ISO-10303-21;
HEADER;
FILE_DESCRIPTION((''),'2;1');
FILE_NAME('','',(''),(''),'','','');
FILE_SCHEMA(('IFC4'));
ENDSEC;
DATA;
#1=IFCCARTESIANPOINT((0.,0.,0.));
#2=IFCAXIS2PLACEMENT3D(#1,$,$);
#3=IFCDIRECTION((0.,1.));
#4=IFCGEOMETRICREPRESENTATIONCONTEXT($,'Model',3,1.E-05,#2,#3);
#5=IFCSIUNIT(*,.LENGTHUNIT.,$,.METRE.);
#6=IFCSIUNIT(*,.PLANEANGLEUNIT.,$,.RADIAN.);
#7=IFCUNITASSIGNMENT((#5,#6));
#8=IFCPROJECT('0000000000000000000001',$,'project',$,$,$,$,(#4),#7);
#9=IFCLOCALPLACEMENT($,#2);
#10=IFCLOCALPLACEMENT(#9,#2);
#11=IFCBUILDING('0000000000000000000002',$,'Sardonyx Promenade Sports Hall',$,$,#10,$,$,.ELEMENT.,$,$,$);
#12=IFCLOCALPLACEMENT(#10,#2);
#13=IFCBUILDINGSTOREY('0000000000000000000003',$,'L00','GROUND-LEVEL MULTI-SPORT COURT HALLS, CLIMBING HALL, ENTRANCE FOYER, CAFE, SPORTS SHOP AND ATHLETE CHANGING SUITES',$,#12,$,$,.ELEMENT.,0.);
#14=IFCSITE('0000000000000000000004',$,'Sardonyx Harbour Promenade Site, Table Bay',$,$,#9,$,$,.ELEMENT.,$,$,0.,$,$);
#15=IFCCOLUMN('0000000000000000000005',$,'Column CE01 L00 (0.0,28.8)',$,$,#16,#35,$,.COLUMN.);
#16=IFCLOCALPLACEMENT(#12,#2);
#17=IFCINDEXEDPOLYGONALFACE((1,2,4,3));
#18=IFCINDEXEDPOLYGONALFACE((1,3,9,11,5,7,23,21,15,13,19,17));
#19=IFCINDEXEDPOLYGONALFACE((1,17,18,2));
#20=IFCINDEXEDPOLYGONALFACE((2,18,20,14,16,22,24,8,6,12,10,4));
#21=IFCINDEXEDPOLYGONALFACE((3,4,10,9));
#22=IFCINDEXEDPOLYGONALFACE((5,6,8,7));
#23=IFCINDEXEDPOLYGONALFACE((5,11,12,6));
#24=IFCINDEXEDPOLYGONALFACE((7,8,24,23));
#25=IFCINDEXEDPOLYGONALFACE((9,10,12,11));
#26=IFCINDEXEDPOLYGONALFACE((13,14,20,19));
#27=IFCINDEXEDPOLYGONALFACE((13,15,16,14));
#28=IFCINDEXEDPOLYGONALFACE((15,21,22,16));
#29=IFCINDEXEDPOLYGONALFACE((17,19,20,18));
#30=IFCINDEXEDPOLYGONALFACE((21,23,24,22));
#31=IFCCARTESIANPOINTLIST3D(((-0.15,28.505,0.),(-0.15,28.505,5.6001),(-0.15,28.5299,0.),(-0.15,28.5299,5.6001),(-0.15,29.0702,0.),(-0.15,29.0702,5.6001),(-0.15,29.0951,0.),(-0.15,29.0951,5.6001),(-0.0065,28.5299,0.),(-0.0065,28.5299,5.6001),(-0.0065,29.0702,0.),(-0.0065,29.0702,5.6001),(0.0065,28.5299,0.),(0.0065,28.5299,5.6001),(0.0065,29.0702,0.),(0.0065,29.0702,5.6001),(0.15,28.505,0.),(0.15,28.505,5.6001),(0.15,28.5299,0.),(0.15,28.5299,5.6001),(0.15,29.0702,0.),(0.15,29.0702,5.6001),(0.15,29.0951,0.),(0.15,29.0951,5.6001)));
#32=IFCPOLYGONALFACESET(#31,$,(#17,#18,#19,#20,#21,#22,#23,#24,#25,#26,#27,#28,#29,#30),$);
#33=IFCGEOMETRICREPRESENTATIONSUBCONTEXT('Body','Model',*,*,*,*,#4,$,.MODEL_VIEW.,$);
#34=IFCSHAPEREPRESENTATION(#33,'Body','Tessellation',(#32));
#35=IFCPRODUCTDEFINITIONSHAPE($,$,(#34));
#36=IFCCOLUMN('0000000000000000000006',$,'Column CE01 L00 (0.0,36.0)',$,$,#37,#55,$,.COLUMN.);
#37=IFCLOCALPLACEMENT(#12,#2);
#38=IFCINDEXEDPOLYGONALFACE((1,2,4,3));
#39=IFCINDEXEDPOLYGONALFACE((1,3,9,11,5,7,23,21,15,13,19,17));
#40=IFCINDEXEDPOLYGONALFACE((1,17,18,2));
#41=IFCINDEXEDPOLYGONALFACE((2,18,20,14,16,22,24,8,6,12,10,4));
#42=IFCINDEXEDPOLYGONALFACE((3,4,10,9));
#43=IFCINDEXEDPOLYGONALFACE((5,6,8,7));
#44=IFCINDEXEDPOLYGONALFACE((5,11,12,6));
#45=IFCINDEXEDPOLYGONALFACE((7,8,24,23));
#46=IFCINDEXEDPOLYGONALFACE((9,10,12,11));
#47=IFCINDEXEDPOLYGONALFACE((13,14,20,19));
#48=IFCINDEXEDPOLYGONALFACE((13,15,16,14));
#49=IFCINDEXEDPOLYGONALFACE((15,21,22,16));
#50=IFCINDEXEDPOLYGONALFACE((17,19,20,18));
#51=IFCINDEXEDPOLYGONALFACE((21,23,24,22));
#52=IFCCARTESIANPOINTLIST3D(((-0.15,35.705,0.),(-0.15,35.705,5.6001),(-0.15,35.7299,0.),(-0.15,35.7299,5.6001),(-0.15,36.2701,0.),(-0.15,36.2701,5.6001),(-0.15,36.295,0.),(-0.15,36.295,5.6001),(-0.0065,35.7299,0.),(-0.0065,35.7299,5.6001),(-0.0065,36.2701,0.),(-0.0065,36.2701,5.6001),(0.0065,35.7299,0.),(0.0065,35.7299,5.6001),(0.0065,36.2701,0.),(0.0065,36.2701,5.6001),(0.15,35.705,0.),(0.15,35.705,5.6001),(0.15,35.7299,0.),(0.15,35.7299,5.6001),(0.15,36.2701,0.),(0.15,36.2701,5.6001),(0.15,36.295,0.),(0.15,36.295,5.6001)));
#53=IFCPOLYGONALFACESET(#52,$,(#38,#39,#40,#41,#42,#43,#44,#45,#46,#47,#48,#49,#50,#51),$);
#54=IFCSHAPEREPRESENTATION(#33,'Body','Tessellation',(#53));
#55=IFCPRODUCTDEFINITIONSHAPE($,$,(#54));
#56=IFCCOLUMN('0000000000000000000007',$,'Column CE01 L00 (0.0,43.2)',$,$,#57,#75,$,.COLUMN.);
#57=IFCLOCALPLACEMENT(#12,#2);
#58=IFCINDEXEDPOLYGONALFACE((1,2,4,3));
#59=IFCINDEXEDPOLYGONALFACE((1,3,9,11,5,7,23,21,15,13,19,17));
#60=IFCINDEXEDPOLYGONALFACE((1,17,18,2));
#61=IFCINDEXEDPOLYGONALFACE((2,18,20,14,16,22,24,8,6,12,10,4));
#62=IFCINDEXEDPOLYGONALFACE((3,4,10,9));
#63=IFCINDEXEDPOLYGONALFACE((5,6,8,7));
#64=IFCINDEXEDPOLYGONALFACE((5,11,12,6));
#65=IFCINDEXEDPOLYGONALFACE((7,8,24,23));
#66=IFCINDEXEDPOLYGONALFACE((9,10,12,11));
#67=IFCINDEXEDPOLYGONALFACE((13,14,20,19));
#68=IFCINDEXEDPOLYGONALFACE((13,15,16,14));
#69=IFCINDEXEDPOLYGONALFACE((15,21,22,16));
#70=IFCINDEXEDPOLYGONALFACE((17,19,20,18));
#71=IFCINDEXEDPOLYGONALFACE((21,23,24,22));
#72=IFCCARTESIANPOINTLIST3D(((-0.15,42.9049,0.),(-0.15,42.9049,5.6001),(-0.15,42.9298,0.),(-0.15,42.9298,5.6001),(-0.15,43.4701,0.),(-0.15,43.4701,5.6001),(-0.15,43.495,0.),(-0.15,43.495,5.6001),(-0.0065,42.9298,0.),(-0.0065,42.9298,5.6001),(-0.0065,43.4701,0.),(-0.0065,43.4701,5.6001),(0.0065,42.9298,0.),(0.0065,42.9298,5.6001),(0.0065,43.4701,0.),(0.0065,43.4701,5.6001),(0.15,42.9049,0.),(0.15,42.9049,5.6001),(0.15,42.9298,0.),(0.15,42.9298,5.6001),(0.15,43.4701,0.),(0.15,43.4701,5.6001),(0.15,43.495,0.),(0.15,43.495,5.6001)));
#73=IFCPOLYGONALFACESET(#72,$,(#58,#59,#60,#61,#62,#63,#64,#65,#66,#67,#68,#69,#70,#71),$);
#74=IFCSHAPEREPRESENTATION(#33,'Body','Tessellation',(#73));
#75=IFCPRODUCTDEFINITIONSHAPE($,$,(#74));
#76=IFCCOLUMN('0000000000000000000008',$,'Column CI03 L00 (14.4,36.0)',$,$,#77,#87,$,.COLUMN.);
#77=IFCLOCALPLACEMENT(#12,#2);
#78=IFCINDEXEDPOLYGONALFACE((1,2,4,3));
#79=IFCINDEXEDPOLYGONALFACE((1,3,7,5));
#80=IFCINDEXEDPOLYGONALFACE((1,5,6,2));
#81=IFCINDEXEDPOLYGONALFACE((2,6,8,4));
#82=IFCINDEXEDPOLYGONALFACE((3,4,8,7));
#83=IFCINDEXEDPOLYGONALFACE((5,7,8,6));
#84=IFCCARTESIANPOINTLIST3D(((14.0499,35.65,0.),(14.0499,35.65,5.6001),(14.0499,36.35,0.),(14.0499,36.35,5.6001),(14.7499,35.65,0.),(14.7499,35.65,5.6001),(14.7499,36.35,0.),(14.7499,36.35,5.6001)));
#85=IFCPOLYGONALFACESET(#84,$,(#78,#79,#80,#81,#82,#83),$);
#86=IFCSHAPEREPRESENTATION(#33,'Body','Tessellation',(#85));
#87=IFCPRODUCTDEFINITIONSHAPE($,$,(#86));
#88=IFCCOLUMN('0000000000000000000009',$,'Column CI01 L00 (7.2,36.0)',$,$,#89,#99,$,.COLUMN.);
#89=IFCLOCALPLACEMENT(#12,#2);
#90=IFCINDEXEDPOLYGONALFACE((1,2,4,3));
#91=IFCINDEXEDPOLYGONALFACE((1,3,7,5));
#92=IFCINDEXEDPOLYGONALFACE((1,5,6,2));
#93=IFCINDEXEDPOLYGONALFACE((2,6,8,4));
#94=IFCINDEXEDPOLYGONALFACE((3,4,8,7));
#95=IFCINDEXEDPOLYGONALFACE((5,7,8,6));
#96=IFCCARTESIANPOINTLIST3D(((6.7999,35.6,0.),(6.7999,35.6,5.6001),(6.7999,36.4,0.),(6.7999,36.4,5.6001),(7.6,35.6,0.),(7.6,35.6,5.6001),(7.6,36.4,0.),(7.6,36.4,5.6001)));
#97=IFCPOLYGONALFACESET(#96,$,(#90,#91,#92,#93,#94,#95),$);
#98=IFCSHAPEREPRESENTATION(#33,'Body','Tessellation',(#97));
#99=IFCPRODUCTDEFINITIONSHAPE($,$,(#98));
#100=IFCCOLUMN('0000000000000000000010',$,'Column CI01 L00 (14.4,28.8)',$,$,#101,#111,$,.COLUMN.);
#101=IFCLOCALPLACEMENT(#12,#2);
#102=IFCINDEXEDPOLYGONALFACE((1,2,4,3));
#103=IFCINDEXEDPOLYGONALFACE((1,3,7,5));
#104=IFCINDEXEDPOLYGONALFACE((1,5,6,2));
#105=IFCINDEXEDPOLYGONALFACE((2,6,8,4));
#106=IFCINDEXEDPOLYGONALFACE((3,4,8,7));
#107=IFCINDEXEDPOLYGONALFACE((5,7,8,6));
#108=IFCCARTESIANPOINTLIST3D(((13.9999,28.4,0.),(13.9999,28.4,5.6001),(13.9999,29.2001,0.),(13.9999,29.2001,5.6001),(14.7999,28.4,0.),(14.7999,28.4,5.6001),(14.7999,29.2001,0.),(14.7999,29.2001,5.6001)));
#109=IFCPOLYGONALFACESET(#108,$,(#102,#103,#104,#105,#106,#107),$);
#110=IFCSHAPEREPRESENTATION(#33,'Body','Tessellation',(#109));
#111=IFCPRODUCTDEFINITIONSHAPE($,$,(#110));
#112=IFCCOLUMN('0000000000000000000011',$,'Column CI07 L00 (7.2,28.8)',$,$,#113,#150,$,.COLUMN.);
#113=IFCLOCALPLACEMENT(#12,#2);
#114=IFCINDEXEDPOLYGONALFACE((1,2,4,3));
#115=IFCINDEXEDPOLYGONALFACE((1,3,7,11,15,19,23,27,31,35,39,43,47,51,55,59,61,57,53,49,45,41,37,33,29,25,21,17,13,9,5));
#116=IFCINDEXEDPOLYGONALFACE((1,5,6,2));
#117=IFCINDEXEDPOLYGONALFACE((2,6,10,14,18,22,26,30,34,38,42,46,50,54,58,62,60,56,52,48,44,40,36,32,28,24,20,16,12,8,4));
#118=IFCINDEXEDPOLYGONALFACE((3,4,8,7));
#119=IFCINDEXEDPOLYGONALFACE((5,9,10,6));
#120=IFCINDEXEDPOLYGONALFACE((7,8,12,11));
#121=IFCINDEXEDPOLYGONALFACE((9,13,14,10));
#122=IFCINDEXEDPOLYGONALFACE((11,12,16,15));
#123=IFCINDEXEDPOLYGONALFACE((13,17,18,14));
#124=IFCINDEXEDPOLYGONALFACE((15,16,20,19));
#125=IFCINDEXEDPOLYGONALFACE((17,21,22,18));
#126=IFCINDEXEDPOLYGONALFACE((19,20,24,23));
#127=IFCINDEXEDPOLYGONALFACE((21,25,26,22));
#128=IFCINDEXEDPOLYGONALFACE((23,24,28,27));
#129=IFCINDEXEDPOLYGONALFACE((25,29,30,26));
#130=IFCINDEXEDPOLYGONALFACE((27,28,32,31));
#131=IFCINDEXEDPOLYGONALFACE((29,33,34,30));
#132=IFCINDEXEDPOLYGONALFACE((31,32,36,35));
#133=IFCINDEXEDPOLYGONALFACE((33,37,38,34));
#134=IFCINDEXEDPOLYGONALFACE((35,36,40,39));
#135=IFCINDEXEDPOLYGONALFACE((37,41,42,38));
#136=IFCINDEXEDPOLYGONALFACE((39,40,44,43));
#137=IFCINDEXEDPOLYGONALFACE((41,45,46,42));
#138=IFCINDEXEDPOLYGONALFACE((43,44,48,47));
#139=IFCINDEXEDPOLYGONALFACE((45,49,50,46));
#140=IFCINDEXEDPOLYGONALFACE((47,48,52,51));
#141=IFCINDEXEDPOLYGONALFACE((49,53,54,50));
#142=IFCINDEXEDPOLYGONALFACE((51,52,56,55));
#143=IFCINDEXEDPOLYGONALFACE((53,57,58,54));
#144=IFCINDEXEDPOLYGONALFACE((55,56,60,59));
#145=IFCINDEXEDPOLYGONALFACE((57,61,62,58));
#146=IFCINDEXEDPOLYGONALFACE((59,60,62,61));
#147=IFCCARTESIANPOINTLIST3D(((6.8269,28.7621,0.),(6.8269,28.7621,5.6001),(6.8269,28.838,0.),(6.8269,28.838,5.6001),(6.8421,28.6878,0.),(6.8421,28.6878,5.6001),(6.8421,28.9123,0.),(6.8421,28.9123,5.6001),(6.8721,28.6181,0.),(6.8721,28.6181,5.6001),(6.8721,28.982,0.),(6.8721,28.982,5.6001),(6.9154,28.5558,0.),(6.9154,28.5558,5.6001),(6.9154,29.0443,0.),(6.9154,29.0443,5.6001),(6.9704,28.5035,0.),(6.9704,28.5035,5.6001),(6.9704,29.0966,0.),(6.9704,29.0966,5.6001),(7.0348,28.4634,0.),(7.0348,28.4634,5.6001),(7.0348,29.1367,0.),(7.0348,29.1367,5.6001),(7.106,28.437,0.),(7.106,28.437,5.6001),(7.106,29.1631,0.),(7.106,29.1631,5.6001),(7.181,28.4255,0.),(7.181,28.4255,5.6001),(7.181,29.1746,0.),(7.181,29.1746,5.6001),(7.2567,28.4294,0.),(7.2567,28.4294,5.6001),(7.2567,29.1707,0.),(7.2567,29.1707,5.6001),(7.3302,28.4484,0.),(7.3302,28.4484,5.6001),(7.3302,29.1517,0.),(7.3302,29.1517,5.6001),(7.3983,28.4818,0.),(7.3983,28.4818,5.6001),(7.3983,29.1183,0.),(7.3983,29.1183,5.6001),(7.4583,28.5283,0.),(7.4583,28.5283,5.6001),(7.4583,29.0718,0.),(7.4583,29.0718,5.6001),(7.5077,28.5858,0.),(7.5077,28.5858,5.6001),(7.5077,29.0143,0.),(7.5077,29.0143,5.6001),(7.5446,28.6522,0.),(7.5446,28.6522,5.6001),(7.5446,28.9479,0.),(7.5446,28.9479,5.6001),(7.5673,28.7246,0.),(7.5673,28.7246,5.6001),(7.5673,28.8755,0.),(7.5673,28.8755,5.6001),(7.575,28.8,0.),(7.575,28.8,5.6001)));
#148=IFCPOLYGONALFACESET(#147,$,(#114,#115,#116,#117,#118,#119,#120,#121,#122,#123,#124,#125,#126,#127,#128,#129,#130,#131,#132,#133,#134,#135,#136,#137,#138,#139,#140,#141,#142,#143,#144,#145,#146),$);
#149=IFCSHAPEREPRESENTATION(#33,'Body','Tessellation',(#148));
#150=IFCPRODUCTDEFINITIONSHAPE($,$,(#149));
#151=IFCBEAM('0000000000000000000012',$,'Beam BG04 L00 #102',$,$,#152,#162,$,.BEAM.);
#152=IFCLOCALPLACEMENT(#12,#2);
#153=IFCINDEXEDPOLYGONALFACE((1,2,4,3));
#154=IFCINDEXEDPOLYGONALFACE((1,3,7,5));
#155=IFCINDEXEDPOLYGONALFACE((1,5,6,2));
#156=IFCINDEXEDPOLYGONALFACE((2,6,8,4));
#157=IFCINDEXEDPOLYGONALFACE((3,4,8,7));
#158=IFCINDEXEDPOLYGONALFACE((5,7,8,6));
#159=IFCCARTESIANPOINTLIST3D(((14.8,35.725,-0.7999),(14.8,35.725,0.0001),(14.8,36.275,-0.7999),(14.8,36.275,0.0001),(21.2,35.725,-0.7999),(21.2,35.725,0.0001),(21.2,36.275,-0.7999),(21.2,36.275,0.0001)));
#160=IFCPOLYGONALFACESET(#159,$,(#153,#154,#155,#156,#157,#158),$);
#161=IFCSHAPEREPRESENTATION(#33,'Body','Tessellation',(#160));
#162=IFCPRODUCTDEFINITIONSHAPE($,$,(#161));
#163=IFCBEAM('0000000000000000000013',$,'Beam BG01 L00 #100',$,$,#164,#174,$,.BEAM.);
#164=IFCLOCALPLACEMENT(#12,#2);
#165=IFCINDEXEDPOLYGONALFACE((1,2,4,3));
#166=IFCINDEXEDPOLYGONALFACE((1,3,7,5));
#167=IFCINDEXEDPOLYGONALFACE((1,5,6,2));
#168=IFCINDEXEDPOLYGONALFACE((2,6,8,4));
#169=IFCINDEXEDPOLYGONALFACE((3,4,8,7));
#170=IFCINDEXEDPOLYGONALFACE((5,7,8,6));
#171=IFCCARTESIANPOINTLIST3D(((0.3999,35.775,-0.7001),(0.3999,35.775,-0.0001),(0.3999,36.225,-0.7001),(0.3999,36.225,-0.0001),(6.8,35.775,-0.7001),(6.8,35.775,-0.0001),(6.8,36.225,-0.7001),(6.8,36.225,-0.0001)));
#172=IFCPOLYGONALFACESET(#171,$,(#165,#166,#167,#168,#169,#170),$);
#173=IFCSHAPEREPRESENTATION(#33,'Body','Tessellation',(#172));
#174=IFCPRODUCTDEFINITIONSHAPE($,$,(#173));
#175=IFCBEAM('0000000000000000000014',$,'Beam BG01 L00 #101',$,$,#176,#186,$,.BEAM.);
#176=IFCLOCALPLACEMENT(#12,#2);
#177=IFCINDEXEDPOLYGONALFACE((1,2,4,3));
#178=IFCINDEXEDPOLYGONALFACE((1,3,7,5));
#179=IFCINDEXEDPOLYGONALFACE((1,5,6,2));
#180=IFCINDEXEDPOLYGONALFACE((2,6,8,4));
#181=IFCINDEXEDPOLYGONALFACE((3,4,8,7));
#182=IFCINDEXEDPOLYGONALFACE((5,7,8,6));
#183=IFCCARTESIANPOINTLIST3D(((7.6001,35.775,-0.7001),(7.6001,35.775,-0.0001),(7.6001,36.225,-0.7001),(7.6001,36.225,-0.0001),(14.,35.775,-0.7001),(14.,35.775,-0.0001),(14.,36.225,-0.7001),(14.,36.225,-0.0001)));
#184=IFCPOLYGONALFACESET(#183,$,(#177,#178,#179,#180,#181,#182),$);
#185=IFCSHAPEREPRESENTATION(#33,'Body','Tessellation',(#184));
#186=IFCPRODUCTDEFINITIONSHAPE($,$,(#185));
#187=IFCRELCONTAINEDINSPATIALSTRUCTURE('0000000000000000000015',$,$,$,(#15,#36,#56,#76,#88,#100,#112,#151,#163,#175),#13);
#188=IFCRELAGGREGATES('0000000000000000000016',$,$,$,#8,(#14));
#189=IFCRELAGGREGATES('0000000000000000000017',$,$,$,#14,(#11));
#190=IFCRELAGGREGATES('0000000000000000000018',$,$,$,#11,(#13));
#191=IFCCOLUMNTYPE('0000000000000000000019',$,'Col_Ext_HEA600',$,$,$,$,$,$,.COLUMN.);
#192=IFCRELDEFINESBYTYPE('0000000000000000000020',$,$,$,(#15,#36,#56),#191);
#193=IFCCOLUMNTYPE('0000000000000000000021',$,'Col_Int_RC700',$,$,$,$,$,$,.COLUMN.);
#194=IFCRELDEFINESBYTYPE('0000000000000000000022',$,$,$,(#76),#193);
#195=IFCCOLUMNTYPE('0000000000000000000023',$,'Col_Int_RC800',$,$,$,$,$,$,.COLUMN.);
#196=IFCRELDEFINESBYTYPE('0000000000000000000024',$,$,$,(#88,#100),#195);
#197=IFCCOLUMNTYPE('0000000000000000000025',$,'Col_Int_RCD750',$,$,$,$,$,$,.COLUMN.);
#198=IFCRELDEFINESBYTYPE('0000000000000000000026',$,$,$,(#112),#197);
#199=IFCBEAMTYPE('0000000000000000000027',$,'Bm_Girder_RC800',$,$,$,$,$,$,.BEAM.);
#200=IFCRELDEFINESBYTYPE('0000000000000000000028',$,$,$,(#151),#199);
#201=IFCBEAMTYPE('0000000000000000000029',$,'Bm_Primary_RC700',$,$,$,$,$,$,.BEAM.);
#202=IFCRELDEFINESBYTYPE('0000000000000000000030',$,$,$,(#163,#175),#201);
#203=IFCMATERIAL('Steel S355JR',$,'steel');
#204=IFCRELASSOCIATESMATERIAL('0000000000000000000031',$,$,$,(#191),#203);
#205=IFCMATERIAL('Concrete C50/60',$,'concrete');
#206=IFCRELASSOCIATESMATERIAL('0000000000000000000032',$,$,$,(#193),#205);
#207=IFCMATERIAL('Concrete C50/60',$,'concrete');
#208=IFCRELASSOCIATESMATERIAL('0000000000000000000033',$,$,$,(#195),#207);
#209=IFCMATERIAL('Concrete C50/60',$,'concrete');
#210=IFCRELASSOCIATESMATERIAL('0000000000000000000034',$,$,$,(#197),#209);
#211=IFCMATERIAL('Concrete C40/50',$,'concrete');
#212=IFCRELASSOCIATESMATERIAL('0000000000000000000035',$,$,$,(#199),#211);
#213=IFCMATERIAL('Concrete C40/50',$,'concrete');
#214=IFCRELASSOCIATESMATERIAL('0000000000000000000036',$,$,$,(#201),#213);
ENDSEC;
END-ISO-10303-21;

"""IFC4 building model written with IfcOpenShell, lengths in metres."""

from ifc_helpers import new_model, si_unit, direction, frame, origin, origin_2d, place, context, subcontext, project, spatial, rectangle, circle, i_section, extrude, material, material_profile, profile_set, type_object, element, save


model = new_model("IFC4")

# Units and contexts
model_context = context("Model", 3, precision=1e-05, world=origin(), true_north=direction((0.0, 1.0)))
body_context = subcontext(model_context, "Body", "Model", "MODEL_VIEW")
ifc_project = project(units=[si_unit("LENGTHUNIT", "METRE"), si_unit("PLANEANGLEUNIT", "RADIAN")], contexts=[model_context])

# Site, building, storey
site_placement = place(None, origin())
site = spatial("IfcSite", under=ifc_project, at=site_placement, Name="Sardonyx Harbour Promenade Site, Table Bay", CompositionType="ELEMENT", RefElevation=0.0)
building_placement = place(site_placement, origin())
building = spatial("IfcBuilding", under=site, at=building_placement, Name="Sardonyx Promenade Sports Hall", CompositionType="ELEMENT")
storey_placement = place(building_placement, origin())
storey = spatial("IfcBuildingStorey", under=building, at=storey_placement, Name="L00", Description="GROUND-LEVEL MULTI-SPORT COURT HALLS, CLIMBING HALL, ENTRANCE FOYER, CAFE, SPORTS SHOP AND ATHLETE CHANGING SUITES", CompositionType="ELEMENT", Elevation=0.0)

# Columns
ifc_material_1 = material(Name="Steel S355JR", Category="steel")
ifc_material_profile_1 = material_profile(ifc_material_1, i_section(OverallWidth=0.3, OverallDepth=0.5901, WebThickness=0.0129, FlangeThickness=0.0249, at=origin_2d()))
ifc_profile_set_1 = profile_set([ifc_material_profile_1], Name="Steel S355JR")
column_type_1 = type_object("IfcColumnType", Name="Col_Ext_HEA600", PredefinedType="COLUMN", material=ifc_profile_set_1)
for number, where, z_axis, x_axis, name in (
    (1, (0.0, 28.8, 0.0), (0.0, 0.0, 1.0), (1.0, 0.0, 0.0), "Column CE01 L00 (0.0,28.8)"),
    (2, (0.0, 36.0, 0.0), (0.0, 0.0, 1.0), (1.0, 0.0, 0.0), "Column CE01 L00 (0.0,36.0)"),
    (3, (0.0, 43.2, 0.0), (0.0, 0.0, 1.0), (1.0, 0.0, 0.0), "Column CE01 L00 (0.0,43.2)"),
):
    element("IfcColumn", number, at=place(storey_placement, frame(where, z_axis=z_axis, x_axis=x_axis)), inside=storey, type_object=column_type_1, Name=name, PredefinedType="COLUMN", context=body_context, shape_type="SweptSolid", body=[
        extrude(i_section(OverallWidth=0.3, OverallDepth=0.5901, WebThickness=0.0129, FlangeThickness=0.0249, at=origin_2d()), origin(), (0.0, 0.0, 1.0), 5.6001),
    ])
ifc_material_2 = material(Name="Concrete C50/60", Category="concrete")
ifc_material_profile_2 = material_profile(ifc_material_2, rectangle(XDim=0.7, YDim=0.7, at=origin_2d()))
ifc_profile_set_2 = profile_set([ifc_material_profile_2], Name="Concrete C50/60")
column_type_2 = type_object("IfcColumnType", Name="Col_Int_RC700", PredefinedType="COLUMN", material=ifc_profile_set_2)
column_1_placement = place(storey_placement, frame((14.3999, 36.0, 0.0), z_axis=(0.0, 0.0, 1.0), x_axis=(1.0, 0.0, 0.0)))
element("IfcColumn", 4, at=column_1_placement, inside=storey, type_object=column_type_2, Name="Column CI03 L00 (14.4,36.0)", PredefinedType="COLUMN", context=body_context, shape_type="SweptSolid", body=[
    extrude(rectangle(XDim=0.7, YDim=0.7, at=origin_2d()), origin(), (0.0, 0.0, 1.0), 5.6001),
])
ifc_material_3 = material(Name="Concrete C50/60", Category="concrete")
ifc_material_profile_3 = material_profile(ifc_material_3, rectangle(XDim=0.8, YDim=0.8, at=origin_2d()))
ifc_profile_set_3 = profile_set([ifc_material_profile_3], Name="Concrete C50/60")
column_type_3 = type_object("IfcColumnType", Name="Col_Int_RC800", PredefinedType="COLUMN", material=ifc_profile_set_3)
for number, where, z_axis, x_axis, name in (
    (5, (7.2, 36.0, 0.0), (0.0, 0.0, 1.0), (1.0, 0.0, 0.0), "Column CI01 L00 (7.2,36.0)"),
    (6, (14.3999, 28.8, 0.0), (0.0, 0.0, 1.0), (1.0, 0.0, 0.0), "Column CI01 L00 (14.4,28.8)"),
):
    element("IfcColumn", number, at=place(storey_placement, frame(where, z_axis=z_axis, x_axis=x_axis)), inside=storey, type_object=column_type_3, Name=name, PredefinedType="COLUMN", context=body_context, shape_type="SweptSolid", body=[
        extrude(rectangle(XDim=0.8, YDim=0.8, at=origin_2d()), origin(), (0.0, 0.0, 1.0), 5.6001),
    ])
ifc_material_4 = material(Name="Concrete C50/60", Category="concrete")
ifc_material_profile_4 = material_profile(ifc_material_4, circle(Radius=0.375, at=origin_2d()))
ifc_profile_set_4 = profile_set([ifc_material_profile_4], Name="Concrete C50/60")
column_type_4 = type_object("IfcColumnType", Name="Col_Int_RCD750", PredefinedType="COLUMN", material=ifc_profile_set_4)
column_2_placement = place(storey_placement, frame((7.2, 28.8, 0.0), z_axis=(0.0, 0.0, 1.0), x_axis=(1.0, 0.0, 0.0)))
element("IfcColumn", 7, at=column_2_placement, inside=storey, type_object=column_type_4, Name="Column CI07 L00 (7.2,28.8)", PredefinedType="COLUMN", context=body_context, shape_type="SweptSolid", body=[
    extrude(circle(Radius=0.375, at=origin_2d()), origin(), (0.0, 0.0, 1.0), 5.6001),
])

# Beams
ifc_material_5 = material(Name="Concrete C40/50", Category="concrete")
ifc_material_profile_5 = material_profile(ifc_material_5, rectangle(XDim=0.55, YDim=0.8, at=origin_2d()))
ifc_profile_set_5 = profile_set([ifc_material_profile_5], Name="Concrete C40/50")
beam_type_1 = type_object("IfcBeamType", Name="Bm_Girder_RC800", PredefinedType="BEAM", material=ifc_profile_set_5)
beam_1_placement = place(storey_placement, frame((14.8, 36.0, -0.3999), z_axis=(1.0, 0.0, 0.0), x_axis=(0.0, 1.0, 0.0)))
element("IfcBeam", 8, at=beam_1_placement, inside=storey, type_object=beam_type_1, Name="Beam BG04 L00 #102", PredefinedType="BEAM", context=body_context, shape_type="SweptSolid", body=[
    extrude(rectangle(XDim=0.55, YDim=0.8, at=origin_2d()), origin(), (0.0, 0.0, 1.0), 6.3999),
])
ifc_material_6 = material(Name="Concrete C40/50", Category="concrete")
ifc_material_profile_6 = material_profile(ifc_material_6, rectangle(XDim=0.45, YDim=0.7, at=origin_2d()))
ifc_profile_set_6 = profile_set([ifc_material_profile_6], Name="Concrete C40/50")
beam_type_2 = type_object("IfcBeamType", Name="Bm_Primary_RC700", PredefinedType="BEAM", material=ifc_profile_set_6)
beam_2_placement = place(storey_placement, frame((0.3999, 36.0, -0.3501), z_axis=(1.0, 0.0, 0.0), x_axis=(0.0, 1.0, 0.0)))
element("IfcBeam", 9, at=beam_2_placement, inside=storey, type_object=beam_type_2, Name="Beam BG01 L00 #100", PredefinedType="BEAM", context=body_context, shape_type="SweptSolid", body=[
    extrude(rectangle(XDim=0.45, YDim=0.7, at=origin_2d()), origin(), (0.0, 0.0, 1.0), 6.4001),
])
beam_3_placement = place(storey_placement, frame((7.6001, 36.0, -0.3501), z_axis=(1.0, 0.0, 0.0), x_axis=(0.0, 1.0, 0.0)))
element("IfcBeam", 10, at=beam_3_placement, inside=storey, type_object=beam_type_2, Name="Beam BG01 L00 #101", PredefinedType="BEAM", context=body_context, shape_type="SweptSolid", body=[
    extrude(rectangle(XDim=0.45, YDim=0.7, at=origin_2d()), origin(), (0.0, 0.0, 1.0), 6.3999),
])

save(model, "model.ifc")
